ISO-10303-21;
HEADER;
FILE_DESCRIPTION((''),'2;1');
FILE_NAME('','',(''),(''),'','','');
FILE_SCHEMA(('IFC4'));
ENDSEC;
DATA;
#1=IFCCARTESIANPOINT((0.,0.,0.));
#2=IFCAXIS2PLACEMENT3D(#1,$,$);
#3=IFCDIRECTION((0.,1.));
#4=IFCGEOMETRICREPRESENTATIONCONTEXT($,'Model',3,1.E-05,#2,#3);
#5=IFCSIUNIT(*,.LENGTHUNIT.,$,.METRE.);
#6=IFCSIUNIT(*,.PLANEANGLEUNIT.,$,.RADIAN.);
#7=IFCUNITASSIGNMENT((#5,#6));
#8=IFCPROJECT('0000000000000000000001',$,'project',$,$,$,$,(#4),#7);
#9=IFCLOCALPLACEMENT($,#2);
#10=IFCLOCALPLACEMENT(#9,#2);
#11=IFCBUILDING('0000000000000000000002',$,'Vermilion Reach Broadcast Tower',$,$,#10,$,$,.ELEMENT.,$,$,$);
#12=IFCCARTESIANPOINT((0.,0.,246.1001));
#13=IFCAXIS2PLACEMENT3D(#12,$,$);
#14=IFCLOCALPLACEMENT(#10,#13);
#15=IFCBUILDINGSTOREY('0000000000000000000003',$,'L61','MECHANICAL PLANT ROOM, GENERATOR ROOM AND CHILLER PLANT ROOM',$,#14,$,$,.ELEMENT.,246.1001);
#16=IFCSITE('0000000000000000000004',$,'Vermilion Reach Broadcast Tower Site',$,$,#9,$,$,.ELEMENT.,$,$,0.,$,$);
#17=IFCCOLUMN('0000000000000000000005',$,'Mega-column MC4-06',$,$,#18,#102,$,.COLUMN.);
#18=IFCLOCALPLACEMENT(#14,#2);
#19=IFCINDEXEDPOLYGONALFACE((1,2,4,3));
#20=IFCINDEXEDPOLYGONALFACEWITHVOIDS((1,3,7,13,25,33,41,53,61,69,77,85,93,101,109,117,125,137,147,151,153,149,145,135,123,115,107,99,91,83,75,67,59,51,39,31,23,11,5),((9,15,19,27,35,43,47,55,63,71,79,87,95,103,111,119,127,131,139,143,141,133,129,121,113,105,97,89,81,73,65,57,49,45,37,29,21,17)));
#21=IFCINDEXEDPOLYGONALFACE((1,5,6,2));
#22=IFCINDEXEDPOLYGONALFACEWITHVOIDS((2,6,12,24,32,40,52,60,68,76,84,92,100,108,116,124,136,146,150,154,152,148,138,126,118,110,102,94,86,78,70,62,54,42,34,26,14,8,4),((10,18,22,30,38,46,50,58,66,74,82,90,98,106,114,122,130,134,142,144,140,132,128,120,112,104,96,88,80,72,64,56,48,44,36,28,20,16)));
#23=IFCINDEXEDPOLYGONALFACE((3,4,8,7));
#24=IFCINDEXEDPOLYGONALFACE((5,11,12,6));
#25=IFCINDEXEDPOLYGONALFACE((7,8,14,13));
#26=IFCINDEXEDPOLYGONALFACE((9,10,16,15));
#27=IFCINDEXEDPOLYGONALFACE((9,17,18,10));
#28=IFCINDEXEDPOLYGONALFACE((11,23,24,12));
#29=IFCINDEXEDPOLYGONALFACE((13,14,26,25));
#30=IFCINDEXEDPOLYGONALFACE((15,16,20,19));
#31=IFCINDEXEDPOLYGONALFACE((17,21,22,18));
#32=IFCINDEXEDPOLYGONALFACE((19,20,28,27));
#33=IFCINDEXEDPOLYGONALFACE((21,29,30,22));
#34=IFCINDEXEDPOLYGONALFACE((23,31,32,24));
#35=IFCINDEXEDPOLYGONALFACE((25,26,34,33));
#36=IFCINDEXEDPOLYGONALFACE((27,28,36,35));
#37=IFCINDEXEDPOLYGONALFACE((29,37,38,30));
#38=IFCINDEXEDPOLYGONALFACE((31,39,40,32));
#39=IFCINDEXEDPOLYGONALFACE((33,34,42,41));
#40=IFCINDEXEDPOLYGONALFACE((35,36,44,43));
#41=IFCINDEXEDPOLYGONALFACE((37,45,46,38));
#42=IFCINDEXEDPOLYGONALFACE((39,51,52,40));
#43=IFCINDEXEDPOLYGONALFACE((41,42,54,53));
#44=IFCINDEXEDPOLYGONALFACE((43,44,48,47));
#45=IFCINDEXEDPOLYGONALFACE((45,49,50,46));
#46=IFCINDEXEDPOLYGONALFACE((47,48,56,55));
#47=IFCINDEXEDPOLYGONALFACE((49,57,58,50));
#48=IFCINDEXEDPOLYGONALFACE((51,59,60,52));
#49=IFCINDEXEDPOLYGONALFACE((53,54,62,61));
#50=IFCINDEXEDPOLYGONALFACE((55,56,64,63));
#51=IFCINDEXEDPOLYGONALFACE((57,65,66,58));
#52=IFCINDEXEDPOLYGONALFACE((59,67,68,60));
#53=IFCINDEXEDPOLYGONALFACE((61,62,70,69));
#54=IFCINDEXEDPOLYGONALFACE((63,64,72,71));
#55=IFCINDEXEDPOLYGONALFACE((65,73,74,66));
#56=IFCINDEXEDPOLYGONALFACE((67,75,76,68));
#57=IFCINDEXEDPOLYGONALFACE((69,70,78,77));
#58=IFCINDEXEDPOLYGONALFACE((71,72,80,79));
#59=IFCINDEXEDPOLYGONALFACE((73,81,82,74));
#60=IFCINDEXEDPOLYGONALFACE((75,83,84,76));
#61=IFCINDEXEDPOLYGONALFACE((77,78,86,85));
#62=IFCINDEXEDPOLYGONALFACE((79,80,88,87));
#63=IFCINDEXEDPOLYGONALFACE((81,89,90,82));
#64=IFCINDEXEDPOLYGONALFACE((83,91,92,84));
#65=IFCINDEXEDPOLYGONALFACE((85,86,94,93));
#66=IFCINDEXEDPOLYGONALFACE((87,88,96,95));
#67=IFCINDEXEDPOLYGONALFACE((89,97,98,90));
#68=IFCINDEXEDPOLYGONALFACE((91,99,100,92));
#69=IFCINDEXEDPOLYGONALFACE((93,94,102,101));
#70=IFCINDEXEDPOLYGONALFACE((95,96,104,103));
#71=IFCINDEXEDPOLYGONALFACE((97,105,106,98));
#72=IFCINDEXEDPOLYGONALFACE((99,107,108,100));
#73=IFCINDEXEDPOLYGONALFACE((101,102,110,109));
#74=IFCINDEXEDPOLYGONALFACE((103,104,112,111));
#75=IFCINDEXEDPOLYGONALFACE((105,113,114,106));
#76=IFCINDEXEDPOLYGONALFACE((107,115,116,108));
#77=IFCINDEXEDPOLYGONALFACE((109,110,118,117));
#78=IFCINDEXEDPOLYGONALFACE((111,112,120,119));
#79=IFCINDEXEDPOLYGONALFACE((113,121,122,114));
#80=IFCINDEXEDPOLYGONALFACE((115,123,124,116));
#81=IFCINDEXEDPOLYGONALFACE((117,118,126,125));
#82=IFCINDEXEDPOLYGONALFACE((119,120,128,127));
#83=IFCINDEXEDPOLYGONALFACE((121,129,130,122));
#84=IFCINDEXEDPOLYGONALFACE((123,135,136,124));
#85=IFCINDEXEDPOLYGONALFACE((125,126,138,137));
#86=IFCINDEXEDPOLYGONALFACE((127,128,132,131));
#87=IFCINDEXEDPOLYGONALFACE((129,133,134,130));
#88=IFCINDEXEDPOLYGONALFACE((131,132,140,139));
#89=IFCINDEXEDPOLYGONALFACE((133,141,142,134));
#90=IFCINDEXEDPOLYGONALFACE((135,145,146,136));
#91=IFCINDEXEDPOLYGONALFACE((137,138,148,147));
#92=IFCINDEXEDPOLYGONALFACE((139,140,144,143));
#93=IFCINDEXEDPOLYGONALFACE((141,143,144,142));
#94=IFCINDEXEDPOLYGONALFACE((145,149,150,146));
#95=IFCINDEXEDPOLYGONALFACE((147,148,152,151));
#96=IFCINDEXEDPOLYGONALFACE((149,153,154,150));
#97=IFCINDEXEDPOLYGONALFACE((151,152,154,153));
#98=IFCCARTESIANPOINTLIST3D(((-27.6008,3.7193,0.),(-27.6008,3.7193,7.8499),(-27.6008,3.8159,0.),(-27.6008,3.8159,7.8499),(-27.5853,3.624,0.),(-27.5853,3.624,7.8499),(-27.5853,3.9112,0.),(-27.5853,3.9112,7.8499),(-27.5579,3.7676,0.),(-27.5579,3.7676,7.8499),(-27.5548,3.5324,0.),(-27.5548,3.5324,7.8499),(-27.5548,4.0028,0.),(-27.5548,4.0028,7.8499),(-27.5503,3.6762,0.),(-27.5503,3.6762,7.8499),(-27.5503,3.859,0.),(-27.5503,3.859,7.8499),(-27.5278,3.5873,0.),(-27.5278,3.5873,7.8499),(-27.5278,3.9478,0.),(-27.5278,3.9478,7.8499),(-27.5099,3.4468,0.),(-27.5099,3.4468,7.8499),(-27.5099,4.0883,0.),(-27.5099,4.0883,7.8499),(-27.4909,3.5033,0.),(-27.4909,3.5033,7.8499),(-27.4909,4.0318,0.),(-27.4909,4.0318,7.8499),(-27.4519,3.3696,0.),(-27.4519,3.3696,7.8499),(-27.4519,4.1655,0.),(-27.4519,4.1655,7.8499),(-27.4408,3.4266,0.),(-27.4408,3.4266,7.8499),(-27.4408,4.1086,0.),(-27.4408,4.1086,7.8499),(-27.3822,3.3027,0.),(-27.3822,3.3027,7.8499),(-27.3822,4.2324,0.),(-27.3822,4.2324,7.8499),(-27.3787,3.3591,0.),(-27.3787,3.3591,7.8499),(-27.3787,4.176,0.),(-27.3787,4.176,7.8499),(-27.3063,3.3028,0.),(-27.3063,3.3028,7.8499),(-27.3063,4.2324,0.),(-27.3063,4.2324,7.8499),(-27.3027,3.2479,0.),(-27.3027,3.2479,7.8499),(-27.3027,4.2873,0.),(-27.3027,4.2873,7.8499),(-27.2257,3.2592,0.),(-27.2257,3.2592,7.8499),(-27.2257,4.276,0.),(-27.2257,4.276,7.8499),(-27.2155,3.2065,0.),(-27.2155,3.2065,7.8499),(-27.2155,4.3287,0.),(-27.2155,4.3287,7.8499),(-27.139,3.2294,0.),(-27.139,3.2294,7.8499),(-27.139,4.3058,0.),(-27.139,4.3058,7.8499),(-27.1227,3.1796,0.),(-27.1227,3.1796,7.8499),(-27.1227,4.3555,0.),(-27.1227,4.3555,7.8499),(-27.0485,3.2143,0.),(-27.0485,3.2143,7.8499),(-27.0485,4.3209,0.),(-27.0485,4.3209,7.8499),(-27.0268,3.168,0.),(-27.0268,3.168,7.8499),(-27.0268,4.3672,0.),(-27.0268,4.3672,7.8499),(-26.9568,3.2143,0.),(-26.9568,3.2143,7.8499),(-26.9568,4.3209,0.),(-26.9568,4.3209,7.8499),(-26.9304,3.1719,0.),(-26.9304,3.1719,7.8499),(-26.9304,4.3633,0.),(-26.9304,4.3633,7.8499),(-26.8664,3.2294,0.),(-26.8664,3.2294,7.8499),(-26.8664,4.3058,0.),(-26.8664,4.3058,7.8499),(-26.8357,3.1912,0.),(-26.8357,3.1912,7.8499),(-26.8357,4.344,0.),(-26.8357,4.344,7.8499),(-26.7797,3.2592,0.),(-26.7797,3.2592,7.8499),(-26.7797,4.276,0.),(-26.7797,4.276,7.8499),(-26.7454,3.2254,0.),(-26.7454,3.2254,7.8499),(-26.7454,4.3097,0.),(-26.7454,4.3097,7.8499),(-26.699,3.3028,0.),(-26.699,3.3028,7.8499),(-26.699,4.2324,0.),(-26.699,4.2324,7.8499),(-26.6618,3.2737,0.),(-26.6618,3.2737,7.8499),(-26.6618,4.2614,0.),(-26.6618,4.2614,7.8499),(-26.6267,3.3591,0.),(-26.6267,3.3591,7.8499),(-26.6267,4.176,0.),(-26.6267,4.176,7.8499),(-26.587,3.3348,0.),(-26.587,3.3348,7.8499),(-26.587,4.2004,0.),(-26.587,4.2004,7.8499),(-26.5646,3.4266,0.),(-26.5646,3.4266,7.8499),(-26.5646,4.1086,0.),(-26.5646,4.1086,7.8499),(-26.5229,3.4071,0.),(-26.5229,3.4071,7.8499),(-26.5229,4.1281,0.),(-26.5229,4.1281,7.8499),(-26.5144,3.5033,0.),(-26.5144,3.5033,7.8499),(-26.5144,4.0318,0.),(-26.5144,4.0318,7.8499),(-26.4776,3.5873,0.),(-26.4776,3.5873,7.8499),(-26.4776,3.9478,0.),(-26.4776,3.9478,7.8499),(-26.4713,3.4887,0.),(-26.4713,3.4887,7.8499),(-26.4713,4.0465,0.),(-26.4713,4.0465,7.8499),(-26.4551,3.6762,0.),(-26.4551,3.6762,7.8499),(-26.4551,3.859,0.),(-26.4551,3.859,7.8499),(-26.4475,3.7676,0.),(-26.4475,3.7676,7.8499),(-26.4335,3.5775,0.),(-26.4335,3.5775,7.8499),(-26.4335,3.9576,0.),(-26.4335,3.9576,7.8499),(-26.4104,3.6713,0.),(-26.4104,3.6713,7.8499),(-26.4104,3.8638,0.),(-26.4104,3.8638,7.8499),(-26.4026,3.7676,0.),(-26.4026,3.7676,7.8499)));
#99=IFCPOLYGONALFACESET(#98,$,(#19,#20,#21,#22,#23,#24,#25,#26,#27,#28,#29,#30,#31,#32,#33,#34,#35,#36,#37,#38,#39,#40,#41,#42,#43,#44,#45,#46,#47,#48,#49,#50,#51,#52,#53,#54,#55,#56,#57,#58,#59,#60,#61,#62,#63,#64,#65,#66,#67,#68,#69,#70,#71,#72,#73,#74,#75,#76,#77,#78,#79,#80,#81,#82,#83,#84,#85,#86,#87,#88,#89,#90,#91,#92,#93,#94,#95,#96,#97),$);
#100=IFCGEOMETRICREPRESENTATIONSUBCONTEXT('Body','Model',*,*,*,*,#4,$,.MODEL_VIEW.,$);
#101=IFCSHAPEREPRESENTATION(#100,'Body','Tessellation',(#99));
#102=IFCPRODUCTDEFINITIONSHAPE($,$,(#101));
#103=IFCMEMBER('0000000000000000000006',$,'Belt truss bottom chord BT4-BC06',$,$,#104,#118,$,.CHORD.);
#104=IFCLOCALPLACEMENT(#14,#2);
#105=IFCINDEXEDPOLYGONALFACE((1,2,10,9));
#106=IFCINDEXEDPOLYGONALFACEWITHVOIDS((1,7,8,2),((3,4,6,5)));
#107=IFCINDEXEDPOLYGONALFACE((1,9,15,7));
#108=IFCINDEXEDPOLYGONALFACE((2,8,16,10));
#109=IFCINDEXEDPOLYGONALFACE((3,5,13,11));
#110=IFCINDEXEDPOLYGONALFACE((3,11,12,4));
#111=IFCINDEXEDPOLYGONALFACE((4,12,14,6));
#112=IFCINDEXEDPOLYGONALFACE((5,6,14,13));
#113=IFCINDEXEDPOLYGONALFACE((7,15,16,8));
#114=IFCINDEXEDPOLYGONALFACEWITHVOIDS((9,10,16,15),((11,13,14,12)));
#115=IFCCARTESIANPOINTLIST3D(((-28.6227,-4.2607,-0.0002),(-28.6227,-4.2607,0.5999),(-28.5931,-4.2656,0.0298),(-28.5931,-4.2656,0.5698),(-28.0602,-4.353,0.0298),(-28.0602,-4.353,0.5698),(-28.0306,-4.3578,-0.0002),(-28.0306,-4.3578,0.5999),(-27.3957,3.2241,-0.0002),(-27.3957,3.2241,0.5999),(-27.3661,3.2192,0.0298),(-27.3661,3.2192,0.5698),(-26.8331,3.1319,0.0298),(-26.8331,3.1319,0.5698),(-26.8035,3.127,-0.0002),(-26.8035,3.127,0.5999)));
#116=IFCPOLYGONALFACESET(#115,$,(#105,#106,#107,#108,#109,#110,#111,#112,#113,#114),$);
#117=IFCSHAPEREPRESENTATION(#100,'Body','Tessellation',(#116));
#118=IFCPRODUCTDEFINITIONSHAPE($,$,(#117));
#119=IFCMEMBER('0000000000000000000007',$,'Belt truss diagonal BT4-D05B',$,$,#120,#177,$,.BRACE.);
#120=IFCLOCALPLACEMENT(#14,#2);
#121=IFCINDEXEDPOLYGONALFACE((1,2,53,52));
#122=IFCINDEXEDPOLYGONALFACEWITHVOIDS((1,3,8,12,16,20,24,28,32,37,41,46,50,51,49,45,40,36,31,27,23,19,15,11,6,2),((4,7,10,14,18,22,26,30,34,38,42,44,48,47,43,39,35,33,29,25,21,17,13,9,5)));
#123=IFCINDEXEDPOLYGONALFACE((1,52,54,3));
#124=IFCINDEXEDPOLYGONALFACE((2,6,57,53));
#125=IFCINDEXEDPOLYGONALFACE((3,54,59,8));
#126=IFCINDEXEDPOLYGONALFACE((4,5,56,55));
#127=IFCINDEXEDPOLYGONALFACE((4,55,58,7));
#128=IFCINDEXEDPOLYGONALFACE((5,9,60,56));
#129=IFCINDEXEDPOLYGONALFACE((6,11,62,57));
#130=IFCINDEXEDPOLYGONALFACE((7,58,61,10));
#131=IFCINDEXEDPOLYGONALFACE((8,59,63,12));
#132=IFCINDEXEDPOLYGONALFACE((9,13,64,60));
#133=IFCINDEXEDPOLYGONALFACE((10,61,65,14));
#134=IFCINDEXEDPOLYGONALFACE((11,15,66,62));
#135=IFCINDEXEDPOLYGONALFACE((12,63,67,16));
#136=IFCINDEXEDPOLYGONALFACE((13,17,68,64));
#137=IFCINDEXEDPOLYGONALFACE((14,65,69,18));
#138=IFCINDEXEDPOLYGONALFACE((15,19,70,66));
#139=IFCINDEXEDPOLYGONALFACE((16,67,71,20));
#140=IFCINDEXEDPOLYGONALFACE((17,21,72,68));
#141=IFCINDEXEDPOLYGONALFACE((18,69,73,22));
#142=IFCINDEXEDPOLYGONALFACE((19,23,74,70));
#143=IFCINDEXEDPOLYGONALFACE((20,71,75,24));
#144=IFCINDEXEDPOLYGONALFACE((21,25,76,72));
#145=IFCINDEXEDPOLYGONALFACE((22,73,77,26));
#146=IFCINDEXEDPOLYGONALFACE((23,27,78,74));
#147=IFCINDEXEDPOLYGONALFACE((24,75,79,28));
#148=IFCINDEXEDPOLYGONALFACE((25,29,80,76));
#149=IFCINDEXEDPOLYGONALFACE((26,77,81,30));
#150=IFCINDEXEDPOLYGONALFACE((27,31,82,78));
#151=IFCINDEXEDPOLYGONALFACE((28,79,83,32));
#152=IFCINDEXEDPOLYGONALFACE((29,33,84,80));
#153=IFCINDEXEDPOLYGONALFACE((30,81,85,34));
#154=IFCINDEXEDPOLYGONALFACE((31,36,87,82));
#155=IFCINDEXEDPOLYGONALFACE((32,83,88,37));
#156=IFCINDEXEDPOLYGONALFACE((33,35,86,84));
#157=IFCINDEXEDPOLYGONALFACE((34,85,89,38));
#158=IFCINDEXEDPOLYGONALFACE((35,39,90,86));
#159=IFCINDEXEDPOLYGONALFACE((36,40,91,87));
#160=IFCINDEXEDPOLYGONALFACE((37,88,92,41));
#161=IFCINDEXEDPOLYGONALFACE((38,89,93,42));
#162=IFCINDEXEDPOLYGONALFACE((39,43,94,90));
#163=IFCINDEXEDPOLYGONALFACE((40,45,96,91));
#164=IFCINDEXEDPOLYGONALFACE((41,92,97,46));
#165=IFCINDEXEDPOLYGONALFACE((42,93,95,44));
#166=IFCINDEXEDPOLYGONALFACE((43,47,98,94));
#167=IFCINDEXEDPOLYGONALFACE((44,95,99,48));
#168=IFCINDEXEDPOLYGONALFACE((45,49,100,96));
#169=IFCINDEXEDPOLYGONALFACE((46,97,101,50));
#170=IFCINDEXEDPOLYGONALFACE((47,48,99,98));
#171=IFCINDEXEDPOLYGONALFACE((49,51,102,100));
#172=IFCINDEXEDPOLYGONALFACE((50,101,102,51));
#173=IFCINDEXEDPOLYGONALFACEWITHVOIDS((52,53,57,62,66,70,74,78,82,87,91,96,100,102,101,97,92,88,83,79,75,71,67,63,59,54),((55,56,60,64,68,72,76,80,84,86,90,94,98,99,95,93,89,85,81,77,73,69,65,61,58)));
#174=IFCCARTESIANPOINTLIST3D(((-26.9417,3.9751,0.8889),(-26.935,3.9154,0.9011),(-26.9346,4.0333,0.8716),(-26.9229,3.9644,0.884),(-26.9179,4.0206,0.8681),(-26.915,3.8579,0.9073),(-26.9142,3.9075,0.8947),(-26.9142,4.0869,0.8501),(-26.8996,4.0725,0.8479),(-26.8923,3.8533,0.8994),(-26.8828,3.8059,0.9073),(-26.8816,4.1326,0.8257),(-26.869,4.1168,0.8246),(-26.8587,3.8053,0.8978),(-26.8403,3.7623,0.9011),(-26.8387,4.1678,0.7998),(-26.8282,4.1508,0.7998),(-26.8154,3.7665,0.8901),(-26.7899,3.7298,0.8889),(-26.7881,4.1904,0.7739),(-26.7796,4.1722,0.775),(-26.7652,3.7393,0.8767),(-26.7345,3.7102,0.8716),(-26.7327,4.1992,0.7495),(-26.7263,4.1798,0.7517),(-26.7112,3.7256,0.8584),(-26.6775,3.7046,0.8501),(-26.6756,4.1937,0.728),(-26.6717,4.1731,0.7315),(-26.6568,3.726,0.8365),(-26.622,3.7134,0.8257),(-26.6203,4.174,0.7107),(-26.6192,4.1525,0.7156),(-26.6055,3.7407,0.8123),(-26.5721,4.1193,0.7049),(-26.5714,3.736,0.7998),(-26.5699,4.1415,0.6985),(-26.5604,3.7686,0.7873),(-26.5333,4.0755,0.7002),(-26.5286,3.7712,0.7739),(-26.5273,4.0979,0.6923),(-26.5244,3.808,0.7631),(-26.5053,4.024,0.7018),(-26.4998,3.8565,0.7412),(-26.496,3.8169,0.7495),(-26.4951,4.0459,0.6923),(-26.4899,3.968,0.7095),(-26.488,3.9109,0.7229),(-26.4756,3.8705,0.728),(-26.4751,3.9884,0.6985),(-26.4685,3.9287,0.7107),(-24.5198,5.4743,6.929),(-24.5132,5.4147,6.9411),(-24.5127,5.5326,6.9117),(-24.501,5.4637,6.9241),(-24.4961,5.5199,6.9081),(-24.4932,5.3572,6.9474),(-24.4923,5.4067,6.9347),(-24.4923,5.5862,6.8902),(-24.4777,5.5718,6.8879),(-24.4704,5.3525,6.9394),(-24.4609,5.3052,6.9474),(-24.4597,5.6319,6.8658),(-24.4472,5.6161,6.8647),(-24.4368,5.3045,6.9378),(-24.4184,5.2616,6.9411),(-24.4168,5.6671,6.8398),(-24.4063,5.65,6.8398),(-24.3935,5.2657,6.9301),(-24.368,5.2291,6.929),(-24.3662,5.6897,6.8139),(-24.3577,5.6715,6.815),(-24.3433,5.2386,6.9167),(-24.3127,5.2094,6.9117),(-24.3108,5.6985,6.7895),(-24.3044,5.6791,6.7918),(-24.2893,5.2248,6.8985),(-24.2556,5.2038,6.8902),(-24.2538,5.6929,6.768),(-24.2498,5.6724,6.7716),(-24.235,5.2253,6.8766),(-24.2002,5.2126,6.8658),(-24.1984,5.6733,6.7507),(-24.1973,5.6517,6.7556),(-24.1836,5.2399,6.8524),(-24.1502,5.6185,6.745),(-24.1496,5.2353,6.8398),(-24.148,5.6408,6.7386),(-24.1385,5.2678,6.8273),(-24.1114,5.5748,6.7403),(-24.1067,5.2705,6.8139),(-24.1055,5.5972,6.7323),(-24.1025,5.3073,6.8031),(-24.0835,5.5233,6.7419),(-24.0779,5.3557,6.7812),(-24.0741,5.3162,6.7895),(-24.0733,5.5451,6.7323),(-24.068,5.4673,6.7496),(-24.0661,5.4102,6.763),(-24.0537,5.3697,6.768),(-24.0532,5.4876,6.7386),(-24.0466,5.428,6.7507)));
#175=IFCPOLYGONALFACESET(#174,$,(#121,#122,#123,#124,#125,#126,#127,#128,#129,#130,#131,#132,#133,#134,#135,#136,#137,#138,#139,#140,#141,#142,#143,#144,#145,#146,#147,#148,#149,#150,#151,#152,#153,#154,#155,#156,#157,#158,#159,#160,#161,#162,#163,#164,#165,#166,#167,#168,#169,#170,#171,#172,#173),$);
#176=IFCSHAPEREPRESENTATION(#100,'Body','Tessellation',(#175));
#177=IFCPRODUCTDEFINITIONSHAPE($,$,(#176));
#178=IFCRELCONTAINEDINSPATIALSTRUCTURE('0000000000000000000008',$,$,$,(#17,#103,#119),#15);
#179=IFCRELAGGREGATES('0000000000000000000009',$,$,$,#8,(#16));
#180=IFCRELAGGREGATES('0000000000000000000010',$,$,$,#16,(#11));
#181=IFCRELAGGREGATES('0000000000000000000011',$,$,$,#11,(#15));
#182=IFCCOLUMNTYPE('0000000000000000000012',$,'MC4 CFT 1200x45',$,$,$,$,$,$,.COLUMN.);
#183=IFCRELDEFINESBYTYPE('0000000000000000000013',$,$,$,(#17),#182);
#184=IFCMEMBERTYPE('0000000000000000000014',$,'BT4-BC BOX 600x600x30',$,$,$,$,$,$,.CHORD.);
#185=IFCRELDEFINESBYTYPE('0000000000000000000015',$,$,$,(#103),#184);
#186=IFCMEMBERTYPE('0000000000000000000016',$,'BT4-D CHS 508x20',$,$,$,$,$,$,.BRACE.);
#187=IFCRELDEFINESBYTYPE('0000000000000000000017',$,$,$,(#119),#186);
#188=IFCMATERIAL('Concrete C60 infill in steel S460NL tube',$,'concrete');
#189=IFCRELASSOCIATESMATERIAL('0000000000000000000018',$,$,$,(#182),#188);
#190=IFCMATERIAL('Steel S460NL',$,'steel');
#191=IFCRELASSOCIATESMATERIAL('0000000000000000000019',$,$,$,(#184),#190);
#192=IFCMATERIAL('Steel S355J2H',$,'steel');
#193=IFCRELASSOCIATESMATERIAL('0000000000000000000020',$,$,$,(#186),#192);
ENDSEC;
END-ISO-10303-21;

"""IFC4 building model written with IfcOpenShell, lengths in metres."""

from ifc_helpers import new_model, si_unit, direction, frame, origin, origin_2d, place, context, subcontext, project, spatial, hollow_rectangle, hollow_circle, extrude, material, material_profile, profile_set, type_object, element, save


model = new_model("IFC4")

# Units and contexts
model_context = context("Model", 3, precision=1e-05, world=origin(), true_north=direction((0.0, 1.0)))
body_context = subcontext(model_context, "Body", "Model", "MODEL_VIEW")
ifc_project = project(units=[si_unit("LENGTHUNIT", "METRE"), si_unit("PLANEANGLEUNIT", "RADIAN")], contexts=[model_context])

# Site, building, storey
site_placement = place(None, origin())
site = spatial("IfcSite", under=ifc_project, at=site_placement, Name="Vermilion Reach Broadcast Tower Site", CompositionType="ELEMENT", RefElevation=0.0)
building_placement = place(site_placement, origin())
building = spatial("IfcBuilding", under=site, at=building_placement, Name="Vermilion Reach Broadcast Tower", CompositionType="ELEMENT")
storey_placement = place(building_placement, frame((0.0, 0.0, 246.1001)))
storey = spatial("IfcBuildingStorey", under=building, at=storey_placement, Name="L61", Description="MECHANICAL PLANT ROOM, GENERATOR ROOM AND CHILLER PLANT ROOM", CompositionType="ELEMENT", Elevation=246.1001)

# Column
ifc_material_1 = material(Name="Concrete C60 infill in steel S460NL tube", Category="concrete")
ifc_material_profile_1 = material_profile(ifc_material_1, hollow_circle(Radius=0.6001, WallThickness=0.0449, at=origin_2d()), Name="Concrete C60 infill in steel S460NL tube CFT 1200x45")
ifc_profile_set_1 = profile_set([ifc_material_profile_1], Name="Concrete C60 infill in steel S460NL tube")
column_type = type_object("IfcColumnType", Name="MC4 CFT 1200x45", PredefinedType="COLUMN", material=ifc_profile_set_1)
column_placement = place(storey_placement, frame((-27.0027, 3.7676, 0.0), z_axis=(0.0, 0.0, 1.0), x_axis=(1.0, 0.0, 0.0)))
element("IfcColumn", 1, at=column_placement, inside=storey, type_object=column_type, Name="Mega-column MC4-06", PredefinedType="COLUMN", context=body_context, shape_type="SweptSolid", body=[
    extrude(hollow_circle(Radius=0.6001, WallThickness=0.0449, at=origin_2d()), origin(), (0.0, 0.0, 1.0), 7.8499),
])

# Members
ifc_material_2 = material(Name="Steel S460NL", Category="steel")
ifc_material_profile_2 = material_profile(ifc_material_2, hollow_rectangle(XDim=0.6001, YDim=0.6001, WallThickness=0.03, at=origin_2d()), Name="S460NL BOX 600x600x30")
ifc_profile_set_2 = profile_set([ifc_material_profile_2], Name="Steel S460NL")
member_type_1 = type_object("IfcMemberType", Name="BT4-BC BOX 600x600x30", PredefinedType="CHORD", material=ifc_profile_set_2)
member_1_placement = place(storey_placement, frame((-27.0996, 3.1755, 0.2998), z_axis=(-0.161778, -0.986827, 0.0), x_axis=(0.986827, -0.161778, 0.0)))
element("IfcMember", 2, at=member_1_placement, inside=storey, type_object=member_type_1, Name="Belt truss bottom chord BT4-BC06", PredefinedType="CHORD", context=body_context, shape_type="SweptSolid", body=[
    extrude(hollow_rectangle(XDim=0.6001, YDim=0.6001, WallThickness=0.03, at=origin_2d()), origin(), (0.0, 0.0, 1.0), 7.5847),
])
ifc_material_3 = material(Name="Steel S355J2H", Category="steel")
ifc_material_profile_3 = material_profile(ifc_material_3, hollow_circle(Radius=0.2539, WallThickness=0.02, at=origin_2d()), Name="S355J2H CHS 508x20")
ifc_profile_set_3 = profile_set([ifc_material_profile_3], Name="Steel S355J2H")
member_type_2 = type_object("IfcMemberType", Name="BT4-D CHS 508x20", PredefinedType="BRACE", material=ifc_profile_set_3)
member_2_placement = place(storey_placement, frame((-26.7051, 3.9519, 0.7998), z_axis=(0.362666, 0.224509, 0.904472), x_axis=(-0.526358, 0.850263, 0.0)))
element("IfcMember", 3, at=member_2_placement, inside=storey, type_object=member_type_2, Name="Belt truss diagonal BT4-D05B", PredefinedType="BRACE", context=body_context, shape_type="SweptSolid", body=[
    extrude(hollow_circle(Radius=0.2539, WallThickness=0.02, at=origin_2d()), origin(), (0.0, 0.0, 1.0), 6.678),
])

save(model, "model.ifc")
